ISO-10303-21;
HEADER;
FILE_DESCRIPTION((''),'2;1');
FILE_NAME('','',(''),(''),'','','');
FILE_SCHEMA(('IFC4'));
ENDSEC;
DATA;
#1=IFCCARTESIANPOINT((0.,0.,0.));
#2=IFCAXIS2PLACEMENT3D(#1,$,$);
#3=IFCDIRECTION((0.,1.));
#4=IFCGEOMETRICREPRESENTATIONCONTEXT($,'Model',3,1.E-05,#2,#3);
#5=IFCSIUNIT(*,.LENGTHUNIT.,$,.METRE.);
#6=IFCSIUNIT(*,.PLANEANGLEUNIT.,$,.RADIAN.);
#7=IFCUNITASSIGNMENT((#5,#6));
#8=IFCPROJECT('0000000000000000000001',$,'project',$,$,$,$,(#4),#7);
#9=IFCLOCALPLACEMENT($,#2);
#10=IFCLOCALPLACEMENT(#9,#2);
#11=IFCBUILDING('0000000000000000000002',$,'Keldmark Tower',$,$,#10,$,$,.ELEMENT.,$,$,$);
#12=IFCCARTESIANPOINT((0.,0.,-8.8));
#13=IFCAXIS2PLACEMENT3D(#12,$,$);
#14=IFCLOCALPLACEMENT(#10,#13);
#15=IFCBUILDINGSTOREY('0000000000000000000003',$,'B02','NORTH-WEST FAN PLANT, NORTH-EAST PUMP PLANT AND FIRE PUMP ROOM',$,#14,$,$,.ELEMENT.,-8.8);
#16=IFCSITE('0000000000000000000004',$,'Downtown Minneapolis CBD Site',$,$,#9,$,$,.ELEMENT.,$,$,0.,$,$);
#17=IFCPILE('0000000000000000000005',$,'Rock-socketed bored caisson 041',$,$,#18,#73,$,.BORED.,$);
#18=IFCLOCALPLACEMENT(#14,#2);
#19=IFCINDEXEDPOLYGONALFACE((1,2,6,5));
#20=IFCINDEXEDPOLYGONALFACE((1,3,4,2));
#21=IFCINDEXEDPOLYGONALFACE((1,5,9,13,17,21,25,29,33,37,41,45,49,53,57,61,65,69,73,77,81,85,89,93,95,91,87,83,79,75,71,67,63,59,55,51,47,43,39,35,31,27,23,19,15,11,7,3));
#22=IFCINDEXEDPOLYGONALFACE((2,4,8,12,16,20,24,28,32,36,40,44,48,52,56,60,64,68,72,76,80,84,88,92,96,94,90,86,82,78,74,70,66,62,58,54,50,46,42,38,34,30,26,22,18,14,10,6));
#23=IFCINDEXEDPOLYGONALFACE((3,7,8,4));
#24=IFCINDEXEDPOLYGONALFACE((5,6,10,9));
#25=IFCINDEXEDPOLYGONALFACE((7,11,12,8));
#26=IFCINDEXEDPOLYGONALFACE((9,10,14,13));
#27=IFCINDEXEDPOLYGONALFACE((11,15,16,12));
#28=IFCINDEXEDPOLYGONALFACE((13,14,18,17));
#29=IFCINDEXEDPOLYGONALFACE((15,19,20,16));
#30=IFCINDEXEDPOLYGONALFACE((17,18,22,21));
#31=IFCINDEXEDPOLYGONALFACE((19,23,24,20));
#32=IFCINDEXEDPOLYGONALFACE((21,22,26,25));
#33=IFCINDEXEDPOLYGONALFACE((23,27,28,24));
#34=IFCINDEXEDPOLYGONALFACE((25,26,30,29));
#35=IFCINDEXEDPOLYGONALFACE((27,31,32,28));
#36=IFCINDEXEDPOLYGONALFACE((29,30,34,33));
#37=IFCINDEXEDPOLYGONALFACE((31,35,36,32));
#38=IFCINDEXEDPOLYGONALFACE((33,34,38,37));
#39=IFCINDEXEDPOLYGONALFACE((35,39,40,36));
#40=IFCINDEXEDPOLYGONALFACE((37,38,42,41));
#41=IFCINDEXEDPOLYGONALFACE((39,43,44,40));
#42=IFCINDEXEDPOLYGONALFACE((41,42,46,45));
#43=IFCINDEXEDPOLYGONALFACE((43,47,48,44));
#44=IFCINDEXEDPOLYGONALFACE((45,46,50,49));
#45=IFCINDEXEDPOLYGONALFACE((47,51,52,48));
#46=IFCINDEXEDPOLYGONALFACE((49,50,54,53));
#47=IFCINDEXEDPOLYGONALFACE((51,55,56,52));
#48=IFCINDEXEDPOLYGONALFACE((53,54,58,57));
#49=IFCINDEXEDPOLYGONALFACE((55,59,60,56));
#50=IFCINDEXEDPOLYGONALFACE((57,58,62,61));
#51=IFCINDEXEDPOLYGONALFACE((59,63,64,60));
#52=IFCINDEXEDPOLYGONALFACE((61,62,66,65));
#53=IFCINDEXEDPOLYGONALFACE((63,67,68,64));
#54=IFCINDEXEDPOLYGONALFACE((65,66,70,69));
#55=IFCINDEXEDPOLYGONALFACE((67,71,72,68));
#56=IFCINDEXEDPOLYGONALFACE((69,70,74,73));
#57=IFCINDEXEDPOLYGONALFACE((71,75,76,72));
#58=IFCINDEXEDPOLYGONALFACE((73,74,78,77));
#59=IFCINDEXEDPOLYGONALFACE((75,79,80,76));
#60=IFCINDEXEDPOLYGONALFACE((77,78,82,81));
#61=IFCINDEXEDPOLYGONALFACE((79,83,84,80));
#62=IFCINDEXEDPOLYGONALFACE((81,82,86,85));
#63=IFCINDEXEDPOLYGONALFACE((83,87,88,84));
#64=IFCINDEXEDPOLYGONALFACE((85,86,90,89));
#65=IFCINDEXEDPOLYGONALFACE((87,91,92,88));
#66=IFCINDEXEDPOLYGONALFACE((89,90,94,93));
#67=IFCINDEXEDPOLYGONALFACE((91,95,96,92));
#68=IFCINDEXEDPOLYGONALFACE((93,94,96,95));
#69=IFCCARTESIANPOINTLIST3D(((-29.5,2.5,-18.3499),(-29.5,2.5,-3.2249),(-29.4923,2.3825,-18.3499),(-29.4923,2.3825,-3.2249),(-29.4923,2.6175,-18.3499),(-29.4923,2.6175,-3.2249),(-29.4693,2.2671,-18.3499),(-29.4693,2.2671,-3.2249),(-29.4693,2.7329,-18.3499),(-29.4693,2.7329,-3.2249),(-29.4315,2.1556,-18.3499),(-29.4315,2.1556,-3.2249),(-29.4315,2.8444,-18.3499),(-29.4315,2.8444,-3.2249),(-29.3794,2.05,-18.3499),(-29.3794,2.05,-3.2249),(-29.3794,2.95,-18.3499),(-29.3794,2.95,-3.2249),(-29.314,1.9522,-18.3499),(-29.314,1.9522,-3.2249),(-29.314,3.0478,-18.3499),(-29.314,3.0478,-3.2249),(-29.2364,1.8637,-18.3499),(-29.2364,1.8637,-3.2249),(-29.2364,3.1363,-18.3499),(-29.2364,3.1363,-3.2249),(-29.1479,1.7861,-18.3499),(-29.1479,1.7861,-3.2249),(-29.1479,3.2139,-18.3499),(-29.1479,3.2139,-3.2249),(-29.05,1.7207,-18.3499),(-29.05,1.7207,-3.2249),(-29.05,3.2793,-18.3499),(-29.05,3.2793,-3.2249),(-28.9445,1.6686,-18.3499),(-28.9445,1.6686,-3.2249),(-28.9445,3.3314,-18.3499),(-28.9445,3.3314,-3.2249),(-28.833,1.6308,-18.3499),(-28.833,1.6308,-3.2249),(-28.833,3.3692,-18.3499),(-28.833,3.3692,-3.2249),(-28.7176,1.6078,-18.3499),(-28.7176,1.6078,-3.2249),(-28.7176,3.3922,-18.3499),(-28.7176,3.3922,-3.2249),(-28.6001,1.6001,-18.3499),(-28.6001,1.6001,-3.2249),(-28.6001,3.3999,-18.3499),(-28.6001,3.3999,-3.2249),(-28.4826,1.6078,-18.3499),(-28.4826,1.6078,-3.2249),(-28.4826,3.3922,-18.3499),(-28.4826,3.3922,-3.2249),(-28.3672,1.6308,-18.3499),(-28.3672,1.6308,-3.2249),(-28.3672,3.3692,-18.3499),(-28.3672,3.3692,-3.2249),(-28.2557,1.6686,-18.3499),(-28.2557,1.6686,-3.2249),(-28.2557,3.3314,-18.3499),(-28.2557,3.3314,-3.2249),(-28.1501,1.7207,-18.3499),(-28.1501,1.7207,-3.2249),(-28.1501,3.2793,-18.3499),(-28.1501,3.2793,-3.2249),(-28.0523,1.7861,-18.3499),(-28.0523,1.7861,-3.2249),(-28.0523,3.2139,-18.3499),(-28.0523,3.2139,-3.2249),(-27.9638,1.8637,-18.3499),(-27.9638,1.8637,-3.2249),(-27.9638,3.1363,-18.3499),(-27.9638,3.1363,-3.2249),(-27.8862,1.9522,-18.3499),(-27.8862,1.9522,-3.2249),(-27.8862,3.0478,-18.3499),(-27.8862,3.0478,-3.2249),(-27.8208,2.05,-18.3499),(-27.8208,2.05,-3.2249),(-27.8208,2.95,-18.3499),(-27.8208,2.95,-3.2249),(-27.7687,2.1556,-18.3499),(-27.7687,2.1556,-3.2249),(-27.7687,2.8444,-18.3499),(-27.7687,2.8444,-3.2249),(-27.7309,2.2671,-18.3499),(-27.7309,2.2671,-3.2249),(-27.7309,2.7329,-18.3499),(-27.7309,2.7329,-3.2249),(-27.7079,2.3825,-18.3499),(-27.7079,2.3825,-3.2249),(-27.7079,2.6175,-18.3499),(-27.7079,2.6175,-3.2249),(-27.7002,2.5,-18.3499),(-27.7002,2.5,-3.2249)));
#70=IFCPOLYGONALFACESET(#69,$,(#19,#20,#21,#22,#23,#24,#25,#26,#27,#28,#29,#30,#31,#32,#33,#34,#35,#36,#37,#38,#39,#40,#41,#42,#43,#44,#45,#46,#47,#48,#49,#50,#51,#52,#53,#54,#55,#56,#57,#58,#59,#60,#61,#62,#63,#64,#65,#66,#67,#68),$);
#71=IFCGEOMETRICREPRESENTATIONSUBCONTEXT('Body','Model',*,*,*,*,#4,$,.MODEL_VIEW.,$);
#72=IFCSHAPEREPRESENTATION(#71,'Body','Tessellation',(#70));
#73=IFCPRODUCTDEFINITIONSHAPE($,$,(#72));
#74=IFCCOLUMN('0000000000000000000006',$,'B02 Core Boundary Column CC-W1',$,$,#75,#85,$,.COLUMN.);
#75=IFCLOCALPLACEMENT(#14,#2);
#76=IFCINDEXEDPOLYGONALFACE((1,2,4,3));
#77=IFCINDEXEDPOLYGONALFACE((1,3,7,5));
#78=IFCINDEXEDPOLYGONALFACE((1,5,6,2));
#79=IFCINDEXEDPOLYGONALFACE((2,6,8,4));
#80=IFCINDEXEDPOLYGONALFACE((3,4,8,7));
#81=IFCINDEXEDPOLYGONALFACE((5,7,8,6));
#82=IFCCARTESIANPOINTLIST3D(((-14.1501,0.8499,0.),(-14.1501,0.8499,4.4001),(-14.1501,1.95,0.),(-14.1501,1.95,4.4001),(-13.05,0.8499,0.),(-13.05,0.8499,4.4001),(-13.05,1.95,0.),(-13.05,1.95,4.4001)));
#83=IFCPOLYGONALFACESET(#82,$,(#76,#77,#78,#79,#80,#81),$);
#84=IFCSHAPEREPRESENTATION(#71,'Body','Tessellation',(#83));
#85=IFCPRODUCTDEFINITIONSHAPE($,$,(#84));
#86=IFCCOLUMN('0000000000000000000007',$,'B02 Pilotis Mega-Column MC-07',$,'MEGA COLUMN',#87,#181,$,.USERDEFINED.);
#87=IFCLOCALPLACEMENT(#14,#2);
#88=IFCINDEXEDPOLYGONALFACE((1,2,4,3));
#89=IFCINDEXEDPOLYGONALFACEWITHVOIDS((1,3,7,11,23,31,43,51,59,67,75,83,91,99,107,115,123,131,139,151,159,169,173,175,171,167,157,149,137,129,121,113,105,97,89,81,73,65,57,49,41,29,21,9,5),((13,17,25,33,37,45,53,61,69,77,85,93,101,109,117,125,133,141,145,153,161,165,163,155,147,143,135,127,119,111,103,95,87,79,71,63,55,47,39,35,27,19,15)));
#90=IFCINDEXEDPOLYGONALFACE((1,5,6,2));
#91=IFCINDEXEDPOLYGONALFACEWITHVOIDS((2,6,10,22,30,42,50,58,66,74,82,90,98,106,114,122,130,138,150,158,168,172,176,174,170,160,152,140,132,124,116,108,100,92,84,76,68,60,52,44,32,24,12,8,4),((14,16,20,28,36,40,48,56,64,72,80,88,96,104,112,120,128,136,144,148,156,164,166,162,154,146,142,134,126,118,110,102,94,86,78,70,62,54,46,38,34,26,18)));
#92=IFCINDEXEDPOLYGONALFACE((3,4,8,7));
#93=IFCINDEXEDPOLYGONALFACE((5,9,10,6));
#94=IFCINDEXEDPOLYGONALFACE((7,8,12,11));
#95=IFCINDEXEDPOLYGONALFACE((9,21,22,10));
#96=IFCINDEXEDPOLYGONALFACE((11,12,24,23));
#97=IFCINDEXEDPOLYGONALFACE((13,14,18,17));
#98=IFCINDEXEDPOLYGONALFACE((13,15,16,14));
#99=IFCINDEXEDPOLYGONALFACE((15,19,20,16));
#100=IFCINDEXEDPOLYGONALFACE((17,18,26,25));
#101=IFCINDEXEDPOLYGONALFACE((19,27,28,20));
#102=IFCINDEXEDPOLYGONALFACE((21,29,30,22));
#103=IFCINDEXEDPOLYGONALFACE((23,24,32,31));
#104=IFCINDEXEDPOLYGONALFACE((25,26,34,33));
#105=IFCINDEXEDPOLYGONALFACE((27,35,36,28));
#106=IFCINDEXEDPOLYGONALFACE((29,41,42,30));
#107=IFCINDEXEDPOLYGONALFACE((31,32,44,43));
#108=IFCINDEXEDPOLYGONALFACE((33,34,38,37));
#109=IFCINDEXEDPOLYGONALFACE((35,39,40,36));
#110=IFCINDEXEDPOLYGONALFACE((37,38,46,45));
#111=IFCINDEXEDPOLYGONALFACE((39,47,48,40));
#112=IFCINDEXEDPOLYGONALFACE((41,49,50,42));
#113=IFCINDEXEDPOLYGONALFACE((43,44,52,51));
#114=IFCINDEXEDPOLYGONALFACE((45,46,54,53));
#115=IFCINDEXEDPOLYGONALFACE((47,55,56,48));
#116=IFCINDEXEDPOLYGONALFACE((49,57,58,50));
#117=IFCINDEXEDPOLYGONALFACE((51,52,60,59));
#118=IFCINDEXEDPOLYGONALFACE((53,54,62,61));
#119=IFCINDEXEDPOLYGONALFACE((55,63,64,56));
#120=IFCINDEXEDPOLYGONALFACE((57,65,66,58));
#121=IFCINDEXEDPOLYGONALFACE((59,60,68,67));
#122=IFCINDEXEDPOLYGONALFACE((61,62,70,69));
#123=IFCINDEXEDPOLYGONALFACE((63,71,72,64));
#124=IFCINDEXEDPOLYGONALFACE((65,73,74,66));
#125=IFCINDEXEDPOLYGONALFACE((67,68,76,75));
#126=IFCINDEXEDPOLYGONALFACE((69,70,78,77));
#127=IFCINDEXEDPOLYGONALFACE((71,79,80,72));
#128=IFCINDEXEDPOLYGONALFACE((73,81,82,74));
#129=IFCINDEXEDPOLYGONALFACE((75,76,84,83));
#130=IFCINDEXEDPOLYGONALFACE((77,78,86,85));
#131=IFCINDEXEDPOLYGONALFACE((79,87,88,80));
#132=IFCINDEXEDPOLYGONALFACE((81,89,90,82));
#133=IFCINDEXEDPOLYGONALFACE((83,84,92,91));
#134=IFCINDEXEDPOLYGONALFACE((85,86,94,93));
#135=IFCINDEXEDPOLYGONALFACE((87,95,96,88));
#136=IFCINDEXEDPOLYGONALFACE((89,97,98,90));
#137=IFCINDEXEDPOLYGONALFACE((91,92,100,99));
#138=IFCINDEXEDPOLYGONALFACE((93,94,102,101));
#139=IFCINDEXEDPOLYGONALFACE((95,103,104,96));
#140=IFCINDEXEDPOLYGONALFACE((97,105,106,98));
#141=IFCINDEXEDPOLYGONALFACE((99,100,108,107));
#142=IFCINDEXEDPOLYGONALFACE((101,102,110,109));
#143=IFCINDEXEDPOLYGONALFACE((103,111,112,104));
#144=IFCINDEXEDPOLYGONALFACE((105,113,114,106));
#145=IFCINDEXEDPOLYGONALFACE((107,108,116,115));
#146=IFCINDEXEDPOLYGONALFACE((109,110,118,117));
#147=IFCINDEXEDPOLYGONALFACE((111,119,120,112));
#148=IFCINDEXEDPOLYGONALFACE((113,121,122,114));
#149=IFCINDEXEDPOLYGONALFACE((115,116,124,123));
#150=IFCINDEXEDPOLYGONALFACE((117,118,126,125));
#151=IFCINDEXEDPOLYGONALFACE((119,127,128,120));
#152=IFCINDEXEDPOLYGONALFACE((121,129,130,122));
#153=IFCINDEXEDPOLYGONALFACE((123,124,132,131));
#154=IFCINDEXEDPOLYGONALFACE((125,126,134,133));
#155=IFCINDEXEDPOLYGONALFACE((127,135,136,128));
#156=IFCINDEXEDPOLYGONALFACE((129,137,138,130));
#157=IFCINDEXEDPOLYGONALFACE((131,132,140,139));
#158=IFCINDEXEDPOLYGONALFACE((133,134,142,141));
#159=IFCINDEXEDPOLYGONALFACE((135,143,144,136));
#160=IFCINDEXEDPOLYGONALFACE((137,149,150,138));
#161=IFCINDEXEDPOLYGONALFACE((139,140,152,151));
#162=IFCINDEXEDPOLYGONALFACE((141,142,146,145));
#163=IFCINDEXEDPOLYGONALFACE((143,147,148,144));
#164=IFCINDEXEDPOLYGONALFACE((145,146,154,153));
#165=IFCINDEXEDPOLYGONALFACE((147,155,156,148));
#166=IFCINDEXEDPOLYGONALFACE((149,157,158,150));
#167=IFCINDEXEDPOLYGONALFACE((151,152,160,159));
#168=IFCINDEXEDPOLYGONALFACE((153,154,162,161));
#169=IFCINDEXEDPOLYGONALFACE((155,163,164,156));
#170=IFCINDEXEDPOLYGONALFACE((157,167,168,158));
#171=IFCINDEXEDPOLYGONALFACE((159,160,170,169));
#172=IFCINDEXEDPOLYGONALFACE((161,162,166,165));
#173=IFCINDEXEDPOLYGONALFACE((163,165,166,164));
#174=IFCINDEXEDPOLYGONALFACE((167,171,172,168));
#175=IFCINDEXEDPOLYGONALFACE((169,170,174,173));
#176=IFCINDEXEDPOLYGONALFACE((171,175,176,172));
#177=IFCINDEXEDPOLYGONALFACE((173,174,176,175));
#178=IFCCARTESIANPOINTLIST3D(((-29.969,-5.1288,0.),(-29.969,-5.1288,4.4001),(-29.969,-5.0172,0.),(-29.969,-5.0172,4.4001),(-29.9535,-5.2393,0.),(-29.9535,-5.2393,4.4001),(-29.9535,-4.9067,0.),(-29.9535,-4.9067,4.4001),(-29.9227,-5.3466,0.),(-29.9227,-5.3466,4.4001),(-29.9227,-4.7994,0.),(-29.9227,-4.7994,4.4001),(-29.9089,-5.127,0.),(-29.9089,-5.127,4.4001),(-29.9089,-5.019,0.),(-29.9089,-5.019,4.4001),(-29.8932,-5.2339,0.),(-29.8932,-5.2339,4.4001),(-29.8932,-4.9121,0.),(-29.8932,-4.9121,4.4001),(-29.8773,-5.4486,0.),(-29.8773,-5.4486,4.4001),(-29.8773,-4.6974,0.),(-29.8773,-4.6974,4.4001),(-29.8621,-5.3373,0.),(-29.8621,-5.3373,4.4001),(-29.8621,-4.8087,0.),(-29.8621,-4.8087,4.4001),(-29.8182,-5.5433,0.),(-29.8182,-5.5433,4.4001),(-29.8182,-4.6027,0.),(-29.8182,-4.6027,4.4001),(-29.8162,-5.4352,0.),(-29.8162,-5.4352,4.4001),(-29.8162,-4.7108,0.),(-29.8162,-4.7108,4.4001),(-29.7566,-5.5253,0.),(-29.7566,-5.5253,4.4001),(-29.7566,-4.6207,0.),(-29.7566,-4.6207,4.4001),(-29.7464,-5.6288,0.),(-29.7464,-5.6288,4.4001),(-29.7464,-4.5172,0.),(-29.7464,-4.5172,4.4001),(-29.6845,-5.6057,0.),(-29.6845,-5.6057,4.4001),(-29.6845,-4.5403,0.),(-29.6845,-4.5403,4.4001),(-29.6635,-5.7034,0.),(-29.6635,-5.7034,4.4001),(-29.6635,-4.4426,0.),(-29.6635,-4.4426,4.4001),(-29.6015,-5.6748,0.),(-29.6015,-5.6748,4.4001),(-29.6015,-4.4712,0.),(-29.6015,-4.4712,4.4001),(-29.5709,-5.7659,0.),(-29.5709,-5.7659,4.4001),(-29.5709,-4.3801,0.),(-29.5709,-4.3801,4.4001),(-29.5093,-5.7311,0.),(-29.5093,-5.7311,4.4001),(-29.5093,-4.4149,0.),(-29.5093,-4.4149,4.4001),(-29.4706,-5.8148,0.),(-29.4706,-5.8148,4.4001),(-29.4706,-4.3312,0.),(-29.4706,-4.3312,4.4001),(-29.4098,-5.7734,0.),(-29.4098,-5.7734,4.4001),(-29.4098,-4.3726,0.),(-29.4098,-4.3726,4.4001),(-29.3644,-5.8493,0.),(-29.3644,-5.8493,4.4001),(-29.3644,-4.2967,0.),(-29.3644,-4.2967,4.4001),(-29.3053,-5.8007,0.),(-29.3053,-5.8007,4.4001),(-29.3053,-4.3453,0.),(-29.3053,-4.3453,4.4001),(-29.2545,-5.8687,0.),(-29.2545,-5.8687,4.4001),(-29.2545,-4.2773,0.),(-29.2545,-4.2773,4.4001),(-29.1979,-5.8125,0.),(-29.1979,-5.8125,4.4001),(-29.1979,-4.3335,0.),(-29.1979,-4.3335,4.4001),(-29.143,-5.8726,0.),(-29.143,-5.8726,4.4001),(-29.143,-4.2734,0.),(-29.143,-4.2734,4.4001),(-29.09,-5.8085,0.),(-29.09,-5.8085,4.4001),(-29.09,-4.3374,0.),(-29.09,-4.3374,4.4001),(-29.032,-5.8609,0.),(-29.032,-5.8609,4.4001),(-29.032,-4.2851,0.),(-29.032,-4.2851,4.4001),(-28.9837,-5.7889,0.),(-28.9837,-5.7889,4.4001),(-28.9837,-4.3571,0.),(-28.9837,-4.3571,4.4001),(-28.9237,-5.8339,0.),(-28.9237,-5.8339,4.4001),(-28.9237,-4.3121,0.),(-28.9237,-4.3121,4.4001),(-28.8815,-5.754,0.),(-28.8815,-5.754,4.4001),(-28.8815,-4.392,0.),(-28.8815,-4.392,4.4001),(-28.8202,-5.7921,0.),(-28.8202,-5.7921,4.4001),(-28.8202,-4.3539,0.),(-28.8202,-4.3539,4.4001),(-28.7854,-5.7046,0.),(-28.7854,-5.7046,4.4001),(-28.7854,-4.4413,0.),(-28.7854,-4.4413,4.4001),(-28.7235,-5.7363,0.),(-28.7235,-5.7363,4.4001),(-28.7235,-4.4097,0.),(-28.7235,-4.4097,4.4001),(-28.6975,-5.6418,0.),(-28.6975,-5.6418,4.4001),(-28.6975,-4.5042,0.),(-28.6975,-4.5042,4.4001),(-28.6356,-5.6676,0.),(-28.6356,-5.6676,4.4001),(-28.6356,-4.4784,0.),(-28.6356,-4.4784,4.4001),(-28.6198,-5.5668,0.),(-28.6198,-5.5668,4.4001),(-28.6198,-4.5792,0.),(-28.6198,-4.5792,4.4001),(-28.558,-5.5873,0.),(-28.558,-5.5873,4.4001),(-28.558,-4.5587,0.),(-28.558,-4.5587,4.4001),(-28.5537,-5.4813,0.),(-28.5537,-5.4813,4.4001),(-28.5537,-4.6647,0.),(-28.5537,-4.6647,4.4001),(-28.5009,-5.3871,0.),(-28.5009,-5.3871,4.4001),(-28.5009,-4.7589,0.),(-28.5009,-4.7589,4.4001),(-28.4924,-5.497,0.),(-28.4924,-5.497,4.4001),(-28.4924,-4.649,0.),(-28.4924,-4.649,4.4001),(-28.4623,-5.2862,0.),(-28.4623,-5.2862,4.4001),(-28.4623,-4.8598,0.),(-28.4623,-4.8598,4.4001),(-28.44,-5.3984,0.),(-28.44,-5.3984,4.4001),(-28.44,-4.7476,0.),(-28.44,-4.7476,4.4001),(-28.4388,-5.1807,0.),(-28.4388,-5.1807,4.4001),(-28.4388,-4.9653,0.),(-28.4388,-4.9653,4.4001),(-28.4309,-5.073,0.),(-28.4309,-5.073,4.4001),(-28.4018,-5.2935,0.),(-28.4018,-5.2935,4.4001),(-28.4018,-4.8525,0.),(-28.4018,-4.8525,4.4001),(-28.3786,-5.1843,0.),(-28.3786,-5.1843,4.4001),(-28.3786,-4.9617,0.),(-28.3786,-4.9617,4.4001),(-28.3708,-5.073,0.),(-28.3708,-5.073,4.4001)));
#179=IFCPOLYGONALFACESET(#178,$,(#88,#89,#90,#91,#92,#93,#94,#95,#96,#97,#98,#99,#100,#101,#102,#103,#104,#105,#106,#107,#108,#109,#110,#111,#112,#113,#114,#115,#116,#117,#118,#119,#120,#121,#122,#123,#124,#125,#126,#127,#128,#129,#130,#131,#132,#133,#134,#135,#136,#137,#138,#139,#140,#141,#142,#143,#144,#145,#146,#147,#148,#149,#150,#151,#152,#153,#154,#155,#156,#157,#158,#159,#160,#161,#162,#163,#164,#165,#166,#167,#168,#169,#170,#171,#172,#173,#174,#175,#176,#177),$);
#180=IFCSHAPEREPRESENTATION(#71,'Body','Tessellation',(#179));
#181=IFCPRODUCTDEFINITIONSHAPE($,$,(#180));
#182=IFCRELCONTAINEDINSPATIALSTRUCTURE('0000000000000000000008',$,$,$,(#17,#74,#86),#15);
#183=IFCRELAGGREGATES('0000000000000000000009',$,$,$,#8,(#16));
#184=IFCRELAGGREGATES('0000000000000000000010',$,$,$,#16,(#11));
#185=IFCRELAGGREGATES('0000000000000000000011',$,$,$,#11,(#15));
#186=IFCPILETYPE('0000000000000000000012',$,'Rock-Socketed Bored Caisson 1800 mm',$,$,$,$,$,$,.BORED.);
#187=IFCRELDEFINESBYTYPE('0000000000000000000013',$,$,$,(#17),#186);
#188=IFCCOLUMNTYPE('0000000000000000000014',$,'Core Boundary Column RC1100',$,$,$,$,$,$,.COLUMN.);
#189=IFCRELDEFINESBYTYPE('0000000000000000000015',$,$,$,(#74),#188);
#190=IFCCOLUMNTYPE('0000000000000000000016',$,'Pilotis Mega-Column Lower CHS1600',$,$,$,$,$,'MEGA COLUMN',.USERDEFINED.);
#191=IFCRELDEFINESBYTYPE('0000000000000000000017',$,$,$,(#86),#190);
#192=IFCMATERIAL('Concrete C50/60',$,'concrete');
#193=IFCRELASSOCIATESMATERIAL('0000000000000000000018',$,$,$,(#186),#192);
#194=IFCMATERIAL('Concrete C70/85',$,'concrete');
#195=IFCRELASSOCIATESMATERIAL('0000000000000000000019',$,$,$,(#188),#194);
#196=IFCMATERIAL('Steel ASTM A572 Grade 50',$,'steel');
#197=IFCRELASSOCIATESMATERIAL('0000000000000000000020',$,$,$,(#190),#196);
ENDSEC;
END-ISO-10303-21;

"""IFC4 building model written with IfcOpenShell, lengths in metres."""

from ifc_helpers import new_model, si_unit, direction, frame, origin, origin_2d, place, context, subcontext, project, spatial, rectangle, circle, hollow_circle, extrude, material, material_profile, profile_set, type_object, element, save


model = new_model("IFC4")

# Units and contexts
model_context = context("Model", 3, precision=1e-05, world=origin(), true_north=direction((0.0, 1.0)))
body_context = subcontext(model_context, "Body", "Model", "MODEL_VIEW")
ifc_project = project(units=[si_unit("LENGTHUNIT", "METRE"), si_unit("PLANEANGLEUNIT", "RADIAN")], contexts=[model_context])

# Site, building, storey
site_placement = place(None, origin())
site = spatial("IfcSite", under=ifc_project, at=site_placement, Name="Downtown Minneapolis CBD Site", CompositionType="ELEMENT", RefElevation=0.0)
building_placement = place(site_placement, origin())
building = spatial("IfcBuilding", under=site, at=building_placement, Name="Keldmark Tower", CompositionType="ELEMENT")
storey_placement = place(building_placement, frame((0.0, 0.0, -8.8)))
storey = spatial("IfcBuildingStorey", under=building, at=storey_placement, Name="B02", Description="NORTH-WEST FAN PLANT, NORTH-EAST PUMP PLANT AND FIRE PUMP ROOM", CompositionType="ELEMENT", Elevation=-8.8)

# Pile
ifc_material_1 = material(Name="Concrete C50/60", Category="concrete")
ifc_material_profile_1 = material_profile(ifc_material_1, circle(Radius=0.8999, at=origin_2d()), Name="CAISSON1800")
ifc_profile_set_1 = profile_set([ifc_material_profile_1], Name="Concrete C50/60")
pile_type_1 = type_object("IfcPileType", Name="Rock-Socketed Bored Caisson 1800 mm", PredefinedType="BORED", material=ifc_profile_set_1)
for number, where, z_axis, x_axis, name in (
    (1, (-28.6001, 2.5, -3.2249), (0.0, 0.0, -1.0), (1.0, 0.0, 0.0), "Rock-socketed bored caisson 041"),
):
    element("IfcPile", number, at=place(storey_placement, frame(where, z_axis=z_axis, x_axis=x_axis)), inside=storey, type_object=pile_type_1, Name=name, PredefinedType="BORED", context=body_context, shape_type="SweptSolid", body=[
        extrude(circle(Radius=0.8999, at=origin_2d()), origin(), (0.0, 0.0, 1.0), 15.125),
    ])

# Columns
ifc_material_2 = material(Name="Concrete C70/85", Category="concrete")
ifc_material_profile_2 = material_profile(ifc_material_2, rectangle(XDim=1.1001, YDim=1.1001, at=origin_2d()), Name="RC1100X1100")
ifc_profile_set_2 = profile_set([ifc_material_profile_2], Name="Concrete C70/85")
column_type_1 = type_object("IfcColumnType", Name="Core Boundary Column RC1100", PredefinedType="COLUMN", material=ifc_profile_set_2)
column_1_placement = place(storey_placement, frame((-13.6001, 1.3999, 0.0), z_axis=(0.0, 0.0, 1.0), x_axis=(1.0, 0.0, 0.0)))
element("IfcColumn", 2, at=column_1_placement, inside=storey, type_object=column_type_1, Name="B02 Core Boundary Column CC-W1", PredefinedType="COLUMN", context=body_context, shape_type="SweptSolid", body=[
    extrude(rectangle(XDim=1.1001, YDim=1.1001, at=origin_2d()), origin(), (0.0, 0.0, 1.0), 4.4001),
])
ifc_material_3 = material(Name="Steel ASTM A572 Grade 50", Category="steel")
ifc_material_profile_3 = material_profile(ifc_material_3, hollow_circle(Radius=0.8, WallThickness=0.0601, at=origin_2d()), Name="CHS1600X60")
ifc_profile_set_3 = profile_set([ifc_material_profile_3], Name="Steel ASTM A572 Grade 50")
column_type_2 = type_object("IfcColumnType", Name="Pilotis Mega-Column Lower CHS1600", ElementType="MEGA COLUMN", PredefinedType="USERDEFINED", material=ifc_profile_set_3)
column_2_placement = place(storey_placement, frame((-29.1709, -5.073, 0.0), z_axis=(0.0, 0.0, 1.0), x_axis=(1.0, 0.0, 0.0)))
element("IfcColumn", 3, at=column_2_placement, inside=storey, type_object=column_type_2, Name="B02 Pilotis Mega-Column MC-07", ObjectType="MEGA COLUMN", PredefinedType="USERDEFINED", context=body_context, shape_type="SweptSolid", body=[
    extrude(hollow_circle(Radius=0.8, WallThickness=0.0601, at=origin_2d()), origin(), (0.0, 0.0, 1.0), 4.4001),
])

save(model, "model.ifc")
